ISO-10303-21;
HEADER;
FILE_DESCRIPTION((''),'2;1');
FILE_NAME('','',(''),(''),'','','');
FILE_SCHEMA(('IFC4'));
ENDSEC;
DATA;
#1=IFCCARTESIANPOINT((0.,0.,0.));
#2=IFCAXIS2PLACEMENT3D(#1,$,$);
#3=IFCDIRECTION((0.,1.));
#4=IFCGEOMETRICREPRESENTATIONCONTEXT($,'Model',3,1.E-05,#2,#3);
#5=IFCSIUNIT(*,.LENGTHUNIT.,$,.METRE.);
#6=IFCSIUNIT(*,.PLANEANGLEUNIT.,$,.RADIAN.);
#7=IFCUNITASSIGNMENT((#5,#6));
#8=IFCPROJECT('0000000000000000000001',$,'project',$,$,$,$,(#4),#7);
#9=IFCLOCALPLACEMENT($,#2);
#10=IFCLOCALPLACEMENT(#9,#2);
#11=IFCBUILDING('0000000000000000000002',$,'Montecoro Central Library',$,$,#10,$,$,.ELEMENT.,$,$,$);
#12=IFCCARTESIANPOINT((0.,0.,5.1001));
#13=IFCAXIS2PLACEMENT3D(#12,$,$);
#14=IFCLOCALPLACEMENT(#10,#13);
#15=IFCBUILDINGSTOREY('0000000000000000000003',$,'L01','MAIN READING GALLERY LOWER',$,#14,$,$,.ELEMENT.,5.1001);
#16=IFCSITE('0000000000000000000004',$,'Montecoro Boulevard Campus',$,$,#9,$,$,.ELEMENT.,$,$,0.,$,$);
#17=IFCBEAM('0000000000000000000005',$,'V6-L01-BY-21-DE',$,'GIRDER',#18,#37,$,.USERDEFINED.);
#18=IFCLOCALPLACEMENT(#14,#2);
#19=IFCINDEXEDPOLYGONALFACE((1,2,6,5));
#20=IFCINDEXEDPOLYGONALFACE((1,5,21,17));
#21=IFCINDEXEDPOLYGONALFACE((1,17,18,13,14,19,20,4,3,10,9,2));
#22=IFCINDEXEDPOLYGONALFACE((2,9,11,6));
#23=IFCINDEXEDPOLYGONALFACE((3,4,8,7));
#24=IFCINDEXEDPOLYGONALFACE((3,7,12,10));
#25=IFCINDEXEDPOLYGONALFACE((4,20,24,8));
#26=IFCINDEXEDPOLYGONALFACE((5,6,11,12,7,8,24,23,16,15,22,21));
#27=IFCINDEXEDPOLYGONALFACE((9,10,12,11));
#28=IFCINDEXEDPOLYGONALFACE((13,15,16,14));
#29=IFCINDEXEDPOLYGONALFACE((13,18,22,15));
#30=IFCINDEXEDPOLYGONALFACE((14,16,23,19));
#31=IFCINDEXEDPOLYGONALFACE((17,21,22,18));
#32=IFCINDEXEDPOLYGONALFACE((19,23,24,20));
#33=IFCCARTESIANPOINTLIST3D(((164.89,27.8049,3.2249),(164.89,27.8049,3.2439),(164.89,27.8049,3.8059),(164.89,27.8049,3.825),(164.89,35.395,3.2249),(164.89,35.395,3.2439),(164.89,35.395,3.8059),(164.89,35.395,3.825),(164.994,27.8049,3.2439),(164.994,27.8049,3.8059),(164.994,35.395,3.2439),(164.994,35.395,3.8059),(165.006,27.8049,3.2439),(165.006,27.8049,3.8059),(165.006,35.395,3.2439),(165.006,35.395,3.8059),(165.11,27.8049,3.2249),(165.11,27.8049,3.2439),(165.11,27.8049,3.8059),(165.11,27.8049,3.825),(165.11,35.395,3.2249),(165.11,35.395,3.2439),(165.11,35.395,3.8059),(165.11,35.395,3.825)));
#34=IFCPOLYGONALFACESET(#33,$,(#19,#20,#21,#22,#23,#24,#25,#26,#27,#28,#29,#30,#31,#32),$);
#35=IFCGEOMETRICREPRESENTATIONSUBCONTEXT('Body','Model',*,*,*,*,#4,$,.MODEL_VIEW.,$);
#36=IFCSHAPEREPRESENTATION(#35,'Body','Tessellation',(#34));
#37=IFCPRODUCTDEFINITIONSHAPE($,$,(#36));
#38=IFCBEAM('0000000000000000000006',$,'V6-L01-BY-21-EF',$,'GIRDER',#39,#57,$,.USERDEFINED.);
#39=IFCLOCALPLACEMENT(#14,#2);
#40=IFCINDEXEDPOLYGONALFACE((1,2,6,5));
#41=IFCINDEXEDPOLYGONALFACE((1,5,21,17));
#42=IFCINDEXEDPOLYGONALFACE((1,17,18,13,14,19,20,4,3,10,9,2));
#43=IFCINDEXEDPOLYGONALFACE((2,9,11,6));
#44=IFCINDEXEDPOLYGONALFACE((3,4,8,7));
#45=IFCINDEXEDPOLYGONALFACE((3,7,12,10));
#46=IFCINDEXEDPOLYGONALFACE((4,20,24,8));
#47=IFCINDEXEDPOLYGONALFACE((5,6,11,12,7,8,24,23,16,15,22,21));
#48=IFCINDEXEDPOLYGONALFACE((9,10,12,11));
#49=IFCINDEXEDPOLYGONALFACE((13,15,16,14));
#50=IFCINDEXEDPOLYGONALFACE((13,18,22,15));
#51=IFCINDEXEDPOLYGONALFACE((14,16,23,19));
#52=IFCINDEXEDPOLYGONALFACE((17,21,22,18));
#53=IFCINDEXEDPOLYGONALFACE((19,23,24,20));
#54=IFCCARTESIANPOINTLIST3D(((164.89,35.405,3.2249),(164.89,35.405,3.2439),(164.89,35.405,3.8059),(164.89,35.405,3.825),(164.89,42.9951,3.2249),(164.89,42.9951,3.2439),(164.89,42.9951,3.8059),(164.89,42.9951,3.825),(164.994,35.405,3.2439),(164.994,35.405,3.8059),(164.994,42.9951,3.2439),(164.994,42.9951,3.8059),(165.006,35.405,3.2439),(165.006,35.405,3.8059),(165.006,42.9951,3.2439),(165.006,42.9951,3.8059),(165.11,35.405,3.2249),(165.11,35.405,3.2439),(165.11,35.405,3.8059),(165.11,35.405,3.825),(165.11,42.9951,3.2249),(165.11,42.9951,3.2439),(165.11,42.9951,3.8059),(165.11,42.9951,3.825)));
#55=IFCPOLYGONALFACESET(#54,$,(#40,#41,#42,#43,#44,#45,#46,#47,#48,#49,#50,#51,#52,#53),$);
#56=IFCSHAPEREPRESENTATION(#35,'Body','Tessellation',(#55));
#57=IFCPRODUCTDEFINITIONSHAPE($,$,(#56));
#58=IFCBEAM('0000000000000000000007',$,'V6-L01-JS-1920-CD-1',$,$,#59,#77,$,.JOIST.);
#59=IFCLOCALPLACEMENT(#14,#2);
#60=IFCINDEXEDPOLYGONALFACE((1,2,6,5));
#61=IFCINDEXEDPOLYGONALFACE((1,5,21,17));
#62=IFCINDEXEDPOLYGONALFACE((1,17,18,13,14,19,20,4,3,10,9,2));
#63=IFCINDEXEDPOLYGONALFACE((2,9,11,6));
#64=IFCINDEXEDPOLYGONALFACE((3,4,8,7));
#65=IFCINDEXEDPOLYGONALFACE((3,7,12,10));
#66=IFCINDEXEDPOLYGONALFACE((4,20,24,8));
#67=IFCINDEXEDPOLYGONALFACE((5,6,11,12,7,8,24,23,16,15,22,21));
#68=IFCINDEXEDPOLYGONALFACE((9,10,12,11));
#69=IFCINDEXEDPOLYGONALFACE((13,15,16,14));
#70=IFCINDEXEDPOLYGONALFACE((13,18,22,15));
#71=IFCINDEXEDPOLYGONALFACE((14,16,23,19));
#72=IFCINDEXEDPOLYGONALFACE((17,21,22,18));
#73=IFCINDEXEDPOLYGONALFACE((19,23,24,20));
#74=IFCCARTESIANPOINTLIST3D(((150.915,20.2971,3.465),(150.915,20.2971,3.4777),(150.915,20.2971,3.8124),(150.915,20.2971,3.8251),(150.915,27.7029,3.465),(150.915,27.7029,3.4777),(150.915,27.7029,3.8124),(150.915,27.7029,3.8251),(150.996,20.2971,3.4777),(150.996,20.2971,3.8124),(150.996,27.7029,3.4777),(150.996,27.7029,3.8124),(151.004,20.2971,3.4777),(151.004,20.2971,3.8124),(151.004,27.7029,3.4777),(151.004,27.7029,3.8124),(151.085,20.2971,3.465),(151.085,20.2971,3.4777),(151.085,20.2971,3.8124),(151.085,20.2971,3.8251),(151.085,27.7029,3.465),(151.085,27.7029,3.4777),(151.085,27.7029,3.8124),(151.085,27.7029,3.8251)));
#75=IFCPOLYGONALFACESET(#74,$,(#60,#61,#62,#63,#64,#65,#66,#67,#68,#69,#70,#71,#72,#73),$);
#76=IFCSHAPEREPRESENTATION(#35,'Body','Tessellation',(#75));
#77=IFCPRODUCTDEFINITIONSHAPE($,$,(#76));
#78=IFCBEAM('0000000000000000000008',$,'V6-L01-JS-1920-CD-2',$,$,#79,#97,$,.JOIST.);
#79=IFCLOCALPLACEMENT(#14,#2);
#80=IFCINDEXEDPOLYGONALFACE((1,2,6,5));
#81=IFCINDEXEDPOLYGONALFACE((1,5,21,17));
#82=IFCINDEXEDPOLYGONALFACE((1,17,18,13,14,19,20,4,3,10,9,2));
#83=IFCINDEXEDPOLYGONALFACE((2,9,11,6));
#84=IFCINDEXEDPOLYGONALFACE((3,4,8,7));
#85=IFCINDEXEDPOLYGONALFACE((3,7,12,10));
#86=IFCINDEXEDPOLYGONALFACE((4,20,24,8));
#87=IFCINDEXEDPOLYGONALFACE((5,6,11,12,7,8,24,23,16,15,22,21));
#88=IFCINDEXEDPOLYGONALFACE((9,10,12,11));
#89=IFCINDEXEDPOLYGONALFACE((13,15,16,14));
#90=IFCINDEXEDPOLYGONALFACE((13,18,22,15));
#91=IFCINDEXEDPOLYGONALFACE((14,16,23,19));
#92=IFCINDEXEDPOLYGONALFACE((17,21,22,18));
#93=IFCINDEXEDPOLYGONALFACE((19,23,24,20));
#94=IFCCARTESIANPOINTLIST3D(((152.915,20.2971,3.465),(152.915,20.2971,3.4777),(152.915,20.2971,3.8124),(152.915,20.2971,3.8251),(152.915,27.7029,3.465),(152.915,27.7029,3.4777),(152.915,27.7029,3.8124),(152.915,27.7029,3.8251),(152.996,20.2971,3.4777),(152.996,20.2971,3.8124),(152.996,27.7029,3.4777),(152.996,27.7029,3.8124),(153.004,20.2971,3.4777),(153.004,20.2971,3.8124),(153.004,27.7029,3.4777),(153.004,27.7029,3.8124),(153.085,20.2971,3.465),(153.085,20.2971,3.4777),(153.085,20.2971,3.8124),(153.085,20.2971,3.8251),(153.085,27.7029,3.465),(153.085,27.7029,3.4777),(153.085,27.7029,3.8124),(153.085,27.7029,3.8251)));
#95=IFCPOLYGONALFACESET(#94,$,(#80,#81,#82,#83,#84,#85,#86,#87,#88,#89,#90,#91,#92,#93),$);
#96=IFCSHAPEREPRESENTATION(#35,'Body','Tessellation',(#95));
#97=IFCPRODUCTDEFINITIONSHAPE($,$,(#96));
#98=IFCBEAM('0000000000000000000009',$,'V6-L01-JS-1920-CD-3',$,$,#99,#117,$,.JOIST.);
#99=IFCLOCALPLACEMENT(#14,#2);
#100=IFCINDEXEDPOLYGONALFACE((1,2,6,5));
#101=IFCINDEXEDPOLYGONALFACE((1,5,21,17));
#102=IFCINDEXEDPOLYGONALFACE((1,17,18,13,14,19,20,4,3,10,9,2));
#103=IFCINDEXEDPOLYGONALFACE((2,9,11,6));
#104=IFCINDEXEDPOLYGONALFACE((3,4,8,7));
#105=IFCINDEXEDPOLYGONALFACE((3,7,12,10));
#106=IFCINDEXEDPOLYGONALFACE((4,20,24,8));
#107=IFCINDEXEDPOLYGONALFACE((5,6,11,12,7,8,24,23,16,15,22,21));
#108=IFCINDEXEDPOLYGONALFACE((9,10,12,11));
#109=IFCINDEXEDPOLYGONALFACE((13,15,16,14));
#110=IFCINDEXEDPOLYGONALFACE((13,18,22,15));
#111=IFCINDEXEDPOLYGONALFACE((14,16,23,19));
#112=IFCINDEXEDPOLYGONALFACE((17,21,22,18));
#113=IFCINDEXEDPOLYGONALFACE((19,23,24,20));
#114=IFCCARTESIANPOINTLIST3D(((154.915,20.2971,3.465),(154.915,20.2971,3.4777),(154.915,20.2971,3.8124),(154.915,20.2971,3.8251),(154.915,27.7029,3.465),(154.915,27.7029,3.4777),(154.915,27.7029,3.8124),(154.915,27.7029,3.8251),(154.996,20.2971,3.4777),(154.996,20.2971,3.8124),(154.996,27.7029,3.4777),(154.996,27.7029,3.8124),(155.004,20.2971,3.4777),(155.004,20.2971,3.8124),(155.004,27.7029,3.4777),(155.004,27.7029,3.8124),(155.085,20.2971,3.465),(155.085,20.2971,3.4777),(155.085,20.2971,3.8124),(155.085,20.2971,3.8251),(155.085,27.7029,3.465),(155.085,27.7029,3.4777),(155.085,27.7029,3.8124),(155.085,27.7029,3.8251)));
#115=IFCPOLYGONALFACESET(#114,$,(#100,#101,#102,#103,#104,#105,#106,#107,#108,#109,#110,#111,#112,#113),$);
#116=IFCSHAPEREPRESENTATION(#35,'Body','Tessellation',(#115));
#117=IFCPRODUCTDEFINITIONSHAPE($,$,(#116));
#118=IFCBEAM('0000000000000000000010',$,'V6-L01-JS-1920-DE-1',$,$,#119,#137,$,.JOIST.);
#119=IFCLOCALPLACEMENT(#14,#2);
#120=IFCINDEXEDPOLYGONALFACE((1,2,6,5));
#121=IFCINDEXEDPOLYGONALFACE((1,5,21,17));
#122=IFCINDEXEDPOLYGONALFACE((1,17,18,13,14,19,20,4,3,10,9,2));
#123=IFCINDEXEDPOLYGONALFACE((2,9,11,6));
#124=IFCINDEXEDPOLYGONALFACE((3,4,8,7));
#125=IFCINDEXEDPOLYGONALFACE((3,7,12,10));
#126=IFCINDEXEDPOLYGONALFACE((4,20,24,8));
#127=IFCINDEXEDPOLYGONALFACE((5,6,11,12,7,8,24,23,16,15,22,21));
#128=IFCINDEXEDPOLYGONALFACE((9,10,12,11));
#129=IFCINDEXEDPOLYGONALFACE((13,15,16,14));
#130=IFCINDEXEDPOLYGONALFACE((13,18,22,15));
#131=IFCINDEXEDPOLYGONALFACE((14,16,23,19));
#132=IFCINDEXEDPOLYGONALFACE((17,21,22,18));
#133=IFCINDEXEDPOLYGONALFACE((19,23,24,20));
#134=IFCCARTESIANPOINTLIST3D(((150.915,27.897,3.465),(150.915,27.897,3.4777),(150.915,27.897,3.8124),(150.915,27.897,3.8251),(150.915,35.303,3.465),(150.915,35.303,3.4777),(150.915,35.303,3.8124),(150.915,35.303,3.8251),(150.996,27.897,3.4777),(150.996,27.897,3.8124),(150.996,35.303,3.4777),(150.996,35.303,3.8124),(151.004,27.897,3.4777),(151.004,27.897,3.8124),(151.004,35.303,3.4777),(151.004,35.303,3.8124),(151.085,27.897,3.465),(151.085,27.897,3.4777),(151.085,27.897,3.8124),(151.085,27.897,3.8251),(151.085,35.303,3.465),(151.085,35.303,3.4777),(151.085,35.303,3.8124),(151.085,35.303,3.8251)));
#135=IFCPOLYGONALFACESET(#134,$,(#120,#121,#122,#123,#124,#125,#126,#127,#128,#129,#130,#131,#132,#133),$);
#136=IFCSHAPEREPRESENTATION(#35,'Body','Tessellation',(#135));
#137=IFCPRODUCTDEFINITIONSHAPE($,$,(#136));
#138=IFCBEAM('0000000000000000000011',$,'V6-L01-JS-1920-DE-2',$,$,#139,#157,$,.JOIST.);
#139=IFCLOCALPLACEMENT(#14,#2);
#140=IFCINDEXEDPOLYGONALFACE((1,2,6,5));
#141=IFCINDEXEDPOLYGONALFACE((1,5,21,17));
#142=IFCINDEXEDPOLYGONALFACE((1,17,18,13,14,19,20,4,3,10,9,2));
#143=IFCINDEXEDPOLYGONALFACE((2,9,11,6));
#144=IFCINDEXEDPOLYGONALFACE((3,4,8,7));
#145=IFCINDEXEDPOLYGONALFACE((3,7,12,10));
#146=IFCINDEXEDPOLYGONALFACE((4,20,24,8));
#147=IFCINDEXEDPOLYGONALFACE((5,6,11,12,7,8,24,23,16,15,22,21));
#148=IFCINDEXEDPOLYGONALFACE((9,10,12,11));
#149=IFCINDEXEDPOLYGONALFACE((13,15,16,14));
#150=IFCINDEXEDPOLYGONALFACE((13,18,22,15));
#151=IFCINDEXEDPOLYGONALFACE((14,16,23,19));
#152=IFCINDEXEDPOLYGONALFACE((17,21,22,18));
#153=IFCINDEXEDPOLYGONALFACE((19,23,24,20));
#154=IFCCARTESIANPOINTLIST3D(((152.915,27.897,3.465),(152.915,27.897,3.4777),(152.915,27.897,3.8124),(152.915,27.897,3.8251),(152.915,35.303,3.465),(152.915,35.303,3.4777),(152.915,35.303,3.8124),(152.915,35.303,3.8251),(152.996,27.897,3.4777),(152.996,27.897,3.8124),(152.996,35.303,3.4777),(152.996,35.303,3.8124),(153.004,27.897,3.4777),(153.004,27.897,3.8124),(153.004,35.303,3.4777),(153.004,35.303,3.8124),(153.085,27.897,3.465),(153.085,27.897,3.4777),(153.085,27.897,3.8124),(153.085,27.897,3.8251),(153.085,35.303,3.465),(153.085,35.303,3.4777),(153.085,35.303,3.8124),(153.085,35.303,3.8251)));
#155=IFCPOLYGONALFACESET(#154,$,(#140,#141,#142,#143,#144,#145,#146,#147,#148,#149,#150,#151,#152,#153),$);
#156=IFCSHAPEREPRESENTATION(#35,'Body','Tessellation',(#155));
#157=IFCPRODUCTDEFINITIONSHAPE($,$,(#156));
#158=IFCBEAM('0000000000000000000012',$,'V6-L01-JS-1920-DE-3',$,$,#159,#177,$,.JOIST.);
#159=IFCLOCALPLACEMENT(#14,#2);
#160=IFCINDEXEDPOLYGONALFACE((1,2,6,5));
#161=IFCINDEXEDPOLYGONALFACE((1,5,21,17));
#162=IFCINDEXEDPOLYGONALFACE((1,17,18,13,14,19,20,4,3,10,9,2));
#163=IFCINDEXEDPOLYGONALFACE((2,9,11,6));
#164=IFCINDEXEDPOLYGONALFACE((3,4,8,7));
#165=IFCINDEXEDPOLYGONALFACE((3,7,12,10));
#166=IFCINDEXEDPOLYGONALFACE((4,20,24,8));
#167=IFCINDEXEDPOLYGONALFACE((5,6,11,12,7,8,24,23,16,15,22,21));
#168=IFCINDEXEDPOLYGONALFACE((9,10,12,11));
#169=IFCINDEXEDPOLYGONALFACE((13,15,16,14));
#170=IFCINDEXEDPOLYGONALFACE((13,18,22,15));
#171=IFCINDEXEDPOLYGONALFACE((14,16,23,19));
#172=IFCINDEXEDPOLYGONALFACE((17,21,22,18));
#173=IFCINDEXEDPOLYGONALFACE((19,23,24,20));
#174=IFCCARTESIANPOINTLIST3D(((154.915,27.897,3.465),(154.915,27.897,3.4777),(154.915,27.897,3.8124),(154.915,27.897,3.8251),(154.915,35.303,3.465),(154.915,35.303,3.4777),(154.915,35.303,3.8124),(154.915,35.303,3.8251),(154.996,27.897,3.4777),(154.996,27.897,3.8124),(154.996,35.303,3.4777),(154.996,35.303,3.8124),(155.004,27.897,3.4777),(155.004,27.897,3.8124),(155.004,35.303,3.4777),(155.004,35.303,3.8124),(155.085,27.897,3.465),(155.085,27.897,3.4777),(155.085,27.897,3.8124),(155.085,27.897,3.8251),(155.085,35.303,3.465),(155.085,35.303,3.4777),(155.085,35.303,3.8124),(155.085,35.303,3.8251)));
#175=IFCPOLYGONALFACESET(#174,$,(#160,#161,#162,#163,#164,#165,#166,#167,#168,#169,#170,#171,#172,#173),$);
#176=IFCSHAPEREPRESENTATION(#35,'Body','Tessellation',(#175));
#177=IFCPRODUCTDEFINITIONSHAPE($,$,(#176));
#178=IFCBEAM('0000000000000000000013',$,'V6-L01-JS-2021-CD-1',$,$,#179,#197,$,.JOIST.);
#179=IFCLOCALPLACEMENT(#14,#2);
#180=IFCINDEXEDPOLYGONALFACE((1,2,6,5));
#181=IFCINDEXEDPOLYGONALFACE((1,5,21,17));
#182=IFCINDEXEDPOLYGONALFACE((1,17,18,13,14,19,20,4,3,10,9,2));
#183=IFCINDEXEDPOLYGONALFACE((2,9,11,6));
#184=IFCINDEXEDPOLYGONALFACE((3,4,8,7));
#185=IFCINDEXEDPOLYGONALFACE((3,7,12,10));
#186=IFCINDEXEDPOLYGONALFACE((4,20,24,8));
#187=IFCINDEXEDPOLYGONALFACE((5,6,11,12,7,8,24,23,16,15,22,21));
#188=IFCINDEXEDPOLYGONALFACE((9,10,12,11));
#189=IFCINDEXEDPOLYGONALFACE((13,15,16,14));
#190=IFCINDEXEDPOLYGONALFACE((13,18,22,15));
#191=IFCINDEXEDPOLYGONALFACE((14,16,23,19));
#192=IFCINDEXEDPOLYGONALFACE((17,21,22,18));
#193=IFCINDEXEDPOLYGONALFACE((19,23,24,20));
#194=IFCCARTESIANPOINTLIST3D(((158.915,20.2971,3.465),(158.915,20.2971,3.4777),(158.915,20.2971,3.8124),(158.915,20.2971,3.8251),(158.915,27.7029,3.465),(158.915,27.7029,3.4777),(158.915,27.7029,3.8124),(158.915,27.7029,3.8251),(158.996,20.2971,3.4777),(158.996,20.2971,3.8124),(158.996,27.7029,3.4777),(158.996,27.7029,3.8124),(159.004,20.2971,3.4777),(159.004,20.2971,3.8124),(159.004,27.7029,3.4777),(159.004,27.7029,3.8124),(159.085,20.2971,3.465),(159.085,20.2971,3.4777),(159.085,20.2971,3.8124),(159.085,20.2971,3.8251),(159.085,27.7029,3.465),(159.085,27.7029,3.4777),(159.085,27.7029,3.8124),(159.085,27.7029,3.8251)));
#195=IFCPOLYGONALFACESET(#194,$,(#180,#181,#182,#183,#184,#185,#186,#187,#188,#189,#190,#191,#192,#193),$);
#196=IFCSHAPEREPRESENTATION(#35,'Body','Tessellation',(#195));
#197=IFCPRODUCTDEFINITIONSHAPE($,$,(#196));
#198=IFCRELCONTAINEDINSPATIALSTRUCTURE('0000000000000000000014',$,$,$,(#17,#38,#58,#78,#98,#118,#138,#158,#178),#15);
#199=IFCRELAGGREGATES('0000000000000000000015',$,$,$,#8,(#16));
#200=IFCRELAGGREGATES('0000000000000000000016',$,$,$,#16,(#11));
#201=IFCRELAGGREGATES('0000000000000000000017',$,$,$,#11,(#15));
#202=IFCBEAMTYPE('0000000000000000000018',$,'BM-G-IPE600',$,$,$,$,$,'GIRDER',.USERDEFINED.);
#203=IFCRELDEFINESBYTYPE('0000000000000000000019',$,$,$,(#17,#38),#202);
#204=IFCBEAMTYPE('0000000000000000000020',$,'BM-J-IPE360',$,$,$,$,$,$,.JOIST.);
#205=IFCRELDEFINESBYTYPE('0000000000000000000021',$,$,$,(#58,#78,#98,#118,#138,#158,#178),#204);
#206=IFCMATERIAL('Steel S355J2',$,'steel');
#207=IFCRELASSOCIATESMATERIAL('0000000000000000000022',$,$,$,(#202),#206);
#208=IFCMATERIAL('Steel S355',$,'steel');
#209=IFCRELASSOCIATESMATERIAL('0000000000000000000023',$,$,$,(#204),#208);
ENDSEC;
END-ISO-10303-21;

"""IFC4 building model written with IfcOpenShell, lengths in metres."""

from ifc_helpers import new_model, si_unit, direction, frame, origin, origin_2d, place, context, subcontext, project, spatial, i_section, extrude, material, material_profile, profile_set, type_object, element, save


model = new_model("IFC4")

# Units and contexts
model_context = context("Model", 3, precision=1e-05, world=origin(), true_north=direction((0.0, 1.0)))
body_context = subcontext(model_context, "Body", "Model", "MODEL_VIEW")
ifc_project = project(units=[si_unit("LENGTHUNIT", "METRE"), si_unit("PLANEANGLEUNIT", "RADIAN")], contexts=[model_context])

# Site, building, storey
site_placement = place(None, origin())
site = spatial("IfcSite", under=ifc_project, at=site_placement, Name="Montecoro Boulevard Campus", CompositionType="ELEMENT", RefElevation=0.0)
building_placement = place(site_placement, origin())
building = spatial("IfcBuilding", under=site, at=building_placement, Name="Montecoro Central Library", CompositionType="ELEMENT")
storey_placement = place(building_placement, frame((0.0, 0.0, 5.1001)))
storey = spatial("IfcBuildingStorey", under=building, at=storey_placement, Name="L01", Description="MAIN READING GALLERY LOWER", CompositionType="ELEMENT", Elevation=5.1001)

# Shared definitions
ifc_material_1 = material(Name="Steel S355", Category="steel")

# Beams
ifc_material_2 = material(Name="Steel S355J2", Category="steel")
ifc_material_profile_1 = material_profile(ifc_material_2, i_section(OverallWidth=0.22, OverallDepth=0.6001, WebThickness=0.012, FlangeThickness=0.019, at=origin_2d()), Name="IPE 600")
ifc_profile_set_1 = profile_set([ifc_material_profile_1], Name="Steel S355J2")
beam_type_1 = type_object("IfcBeamType", Name="BM-G-IPE600", ElementType="GIRDER", PredefinedType="USERDEFINED", material=ifc_profile_set_1)
for number, where, z_axis, x_axis, name in (
    (1, (165.0, 27.8049, 3.5249), (0.0, 1.0, 0.0), (-1.0, 0.0, 0.0), "V6-L01-BY-21-DE"),
    (2, (165.0, 35.405, 3.5249), (0.0, 1.0, 0.0), (-1.0, 0.0, 0.0), "V6-L01-BY-21-EF"),
):
    element("IfcBeam", number, at=place(storey_placement, frame(where, z_axis=z_axis, x_axis=x_axis)), inside=storey, type_object=beam_type_1, Name=name, ObjectType="GIRDER", PredefinedType="USERDEFINED", context=body_context, shape_type="SweptSolid", body=[
        extrude(i_section(OverallWidth=0.22, OverallDepth=0.6001, WebThickness=0.012, FlangeThickness=0.019, at=origin_2d()), origin(), (0.0, 0.0, 1.0), 7.5901),
    ])
ifc_material_profile_2 = material_profile(ifc_material_1, i_section(OverallWidth=0.1699, OverallDepth=0.3601, WebThickness=0.0081, FlangeThickness=0.0127, at=origin_2d()), Name="IPE 360")
ifc_profile_set_2 = profile_set([ifc_material_profile_2], Name="Steel S355")
beam_type_2 = type_object("IfcBeamType", Name="BM-J-IPE360", PredefinedType="JOIST", material=ifc_profile_set_2)
for number, where, z_axis, x_axis, name in (
    (3, (151.0, 20.2971, 3.645), (0.0, 1.0, 0.0), (-1.0, 0.0, 0.0), "V6-L01-JS-1920-CD-1"),
    (4, (153.0, 20.2971, 3.645), (0.0, 1.0, 0.0), (-1.0, 0.0, 0.0), "V6-L01-JS-1920-CD-2"),
    (5, (155.0, 20.2971, 3.645), (0.0, 1.0, 0.0), (-1.0, 0.0, 0.0), "V6-L01-JS-1920-CD-3"),
):
    element("IfcBeam", number, at=place(storey_placement, frame(where, z_axis=z_axis, x_axis=x_axis)), inside=storey, type_object=beam_type_2, Name=name, PredefinedType="JOIST", context=body_context, shape_type="SweptSolid", body=[
        extrude(i_section(OverallWidth=0.1699, OverallDepth=0.3601, WebThickness=0.0081, FlangeThickness=0.0127, at=origin_2d()), origin(), (0.0, 0.0, 1.0), 7.4058),
    ])
for number, where, z_axis, x_axis, name in (
    (6, (151.0, 27.897, 3.645), (0.0, 1.0, 0.0), (-1.0, 0.0, 0.0), "V6-L01-JS-1920-DE-1"),
    (7, (153.0, 27.897, 3.645), (0.0, 1.0, 0.0), (-1.0, 0.0, 0.0), "V6-L01-JS-1920-DE-2"),
    (8, (155.0, 27.897, 3.645), (0.0, 1.0, 0.0), (-1.0, 0.0, 0.0), "V6-L01-JS-1920-DE-3"),
):
    element("IfcBeam", number, at=place(storey_placement, frame(where, z_axis=z_axis, x_axis=x_axis)), inside=storey, type_object=beam_type_2, Name=name, PredefinedType="JOIST", context=body_context, shape_type="SweptSolid", body=[
        extrude(i_section(OverallWidth=0.1699, OverallDepth=0.3601, WebThickness=0.0081, FlangeThickness=0.0127, at=origin_2d()), origin(), (0.0, 0.0, 1.0), 7.406),
    ])
for number, where, z_axis, x_axis, name in (
    (9, (159.0, 20.2971, 3.645), (0.0, 1.0, 0.0), (-1.0, 0.0, 0.0), "V6-L01-JS-2021-CD-1"),
):
    element("IfcBeam", number, at=place(storey_placement, frame(where, z_axis=z_axis, x_axis=x_axis)), inside=storey, type_object=beam_type_2, Name=name, PredefinedType="JOIST", context=body_context, shape_type="SweptSolid", body=[
        extrude(i_section(OverallWidth=0.1699, OverallDepth=0.3601, WebThickness=0.0081, FlangeThickness=0.0127, at=origin_2d()), origin(), (0.0, 0.0, 1.0), 7.4058),
    ])

save(model, "model.ifc")
